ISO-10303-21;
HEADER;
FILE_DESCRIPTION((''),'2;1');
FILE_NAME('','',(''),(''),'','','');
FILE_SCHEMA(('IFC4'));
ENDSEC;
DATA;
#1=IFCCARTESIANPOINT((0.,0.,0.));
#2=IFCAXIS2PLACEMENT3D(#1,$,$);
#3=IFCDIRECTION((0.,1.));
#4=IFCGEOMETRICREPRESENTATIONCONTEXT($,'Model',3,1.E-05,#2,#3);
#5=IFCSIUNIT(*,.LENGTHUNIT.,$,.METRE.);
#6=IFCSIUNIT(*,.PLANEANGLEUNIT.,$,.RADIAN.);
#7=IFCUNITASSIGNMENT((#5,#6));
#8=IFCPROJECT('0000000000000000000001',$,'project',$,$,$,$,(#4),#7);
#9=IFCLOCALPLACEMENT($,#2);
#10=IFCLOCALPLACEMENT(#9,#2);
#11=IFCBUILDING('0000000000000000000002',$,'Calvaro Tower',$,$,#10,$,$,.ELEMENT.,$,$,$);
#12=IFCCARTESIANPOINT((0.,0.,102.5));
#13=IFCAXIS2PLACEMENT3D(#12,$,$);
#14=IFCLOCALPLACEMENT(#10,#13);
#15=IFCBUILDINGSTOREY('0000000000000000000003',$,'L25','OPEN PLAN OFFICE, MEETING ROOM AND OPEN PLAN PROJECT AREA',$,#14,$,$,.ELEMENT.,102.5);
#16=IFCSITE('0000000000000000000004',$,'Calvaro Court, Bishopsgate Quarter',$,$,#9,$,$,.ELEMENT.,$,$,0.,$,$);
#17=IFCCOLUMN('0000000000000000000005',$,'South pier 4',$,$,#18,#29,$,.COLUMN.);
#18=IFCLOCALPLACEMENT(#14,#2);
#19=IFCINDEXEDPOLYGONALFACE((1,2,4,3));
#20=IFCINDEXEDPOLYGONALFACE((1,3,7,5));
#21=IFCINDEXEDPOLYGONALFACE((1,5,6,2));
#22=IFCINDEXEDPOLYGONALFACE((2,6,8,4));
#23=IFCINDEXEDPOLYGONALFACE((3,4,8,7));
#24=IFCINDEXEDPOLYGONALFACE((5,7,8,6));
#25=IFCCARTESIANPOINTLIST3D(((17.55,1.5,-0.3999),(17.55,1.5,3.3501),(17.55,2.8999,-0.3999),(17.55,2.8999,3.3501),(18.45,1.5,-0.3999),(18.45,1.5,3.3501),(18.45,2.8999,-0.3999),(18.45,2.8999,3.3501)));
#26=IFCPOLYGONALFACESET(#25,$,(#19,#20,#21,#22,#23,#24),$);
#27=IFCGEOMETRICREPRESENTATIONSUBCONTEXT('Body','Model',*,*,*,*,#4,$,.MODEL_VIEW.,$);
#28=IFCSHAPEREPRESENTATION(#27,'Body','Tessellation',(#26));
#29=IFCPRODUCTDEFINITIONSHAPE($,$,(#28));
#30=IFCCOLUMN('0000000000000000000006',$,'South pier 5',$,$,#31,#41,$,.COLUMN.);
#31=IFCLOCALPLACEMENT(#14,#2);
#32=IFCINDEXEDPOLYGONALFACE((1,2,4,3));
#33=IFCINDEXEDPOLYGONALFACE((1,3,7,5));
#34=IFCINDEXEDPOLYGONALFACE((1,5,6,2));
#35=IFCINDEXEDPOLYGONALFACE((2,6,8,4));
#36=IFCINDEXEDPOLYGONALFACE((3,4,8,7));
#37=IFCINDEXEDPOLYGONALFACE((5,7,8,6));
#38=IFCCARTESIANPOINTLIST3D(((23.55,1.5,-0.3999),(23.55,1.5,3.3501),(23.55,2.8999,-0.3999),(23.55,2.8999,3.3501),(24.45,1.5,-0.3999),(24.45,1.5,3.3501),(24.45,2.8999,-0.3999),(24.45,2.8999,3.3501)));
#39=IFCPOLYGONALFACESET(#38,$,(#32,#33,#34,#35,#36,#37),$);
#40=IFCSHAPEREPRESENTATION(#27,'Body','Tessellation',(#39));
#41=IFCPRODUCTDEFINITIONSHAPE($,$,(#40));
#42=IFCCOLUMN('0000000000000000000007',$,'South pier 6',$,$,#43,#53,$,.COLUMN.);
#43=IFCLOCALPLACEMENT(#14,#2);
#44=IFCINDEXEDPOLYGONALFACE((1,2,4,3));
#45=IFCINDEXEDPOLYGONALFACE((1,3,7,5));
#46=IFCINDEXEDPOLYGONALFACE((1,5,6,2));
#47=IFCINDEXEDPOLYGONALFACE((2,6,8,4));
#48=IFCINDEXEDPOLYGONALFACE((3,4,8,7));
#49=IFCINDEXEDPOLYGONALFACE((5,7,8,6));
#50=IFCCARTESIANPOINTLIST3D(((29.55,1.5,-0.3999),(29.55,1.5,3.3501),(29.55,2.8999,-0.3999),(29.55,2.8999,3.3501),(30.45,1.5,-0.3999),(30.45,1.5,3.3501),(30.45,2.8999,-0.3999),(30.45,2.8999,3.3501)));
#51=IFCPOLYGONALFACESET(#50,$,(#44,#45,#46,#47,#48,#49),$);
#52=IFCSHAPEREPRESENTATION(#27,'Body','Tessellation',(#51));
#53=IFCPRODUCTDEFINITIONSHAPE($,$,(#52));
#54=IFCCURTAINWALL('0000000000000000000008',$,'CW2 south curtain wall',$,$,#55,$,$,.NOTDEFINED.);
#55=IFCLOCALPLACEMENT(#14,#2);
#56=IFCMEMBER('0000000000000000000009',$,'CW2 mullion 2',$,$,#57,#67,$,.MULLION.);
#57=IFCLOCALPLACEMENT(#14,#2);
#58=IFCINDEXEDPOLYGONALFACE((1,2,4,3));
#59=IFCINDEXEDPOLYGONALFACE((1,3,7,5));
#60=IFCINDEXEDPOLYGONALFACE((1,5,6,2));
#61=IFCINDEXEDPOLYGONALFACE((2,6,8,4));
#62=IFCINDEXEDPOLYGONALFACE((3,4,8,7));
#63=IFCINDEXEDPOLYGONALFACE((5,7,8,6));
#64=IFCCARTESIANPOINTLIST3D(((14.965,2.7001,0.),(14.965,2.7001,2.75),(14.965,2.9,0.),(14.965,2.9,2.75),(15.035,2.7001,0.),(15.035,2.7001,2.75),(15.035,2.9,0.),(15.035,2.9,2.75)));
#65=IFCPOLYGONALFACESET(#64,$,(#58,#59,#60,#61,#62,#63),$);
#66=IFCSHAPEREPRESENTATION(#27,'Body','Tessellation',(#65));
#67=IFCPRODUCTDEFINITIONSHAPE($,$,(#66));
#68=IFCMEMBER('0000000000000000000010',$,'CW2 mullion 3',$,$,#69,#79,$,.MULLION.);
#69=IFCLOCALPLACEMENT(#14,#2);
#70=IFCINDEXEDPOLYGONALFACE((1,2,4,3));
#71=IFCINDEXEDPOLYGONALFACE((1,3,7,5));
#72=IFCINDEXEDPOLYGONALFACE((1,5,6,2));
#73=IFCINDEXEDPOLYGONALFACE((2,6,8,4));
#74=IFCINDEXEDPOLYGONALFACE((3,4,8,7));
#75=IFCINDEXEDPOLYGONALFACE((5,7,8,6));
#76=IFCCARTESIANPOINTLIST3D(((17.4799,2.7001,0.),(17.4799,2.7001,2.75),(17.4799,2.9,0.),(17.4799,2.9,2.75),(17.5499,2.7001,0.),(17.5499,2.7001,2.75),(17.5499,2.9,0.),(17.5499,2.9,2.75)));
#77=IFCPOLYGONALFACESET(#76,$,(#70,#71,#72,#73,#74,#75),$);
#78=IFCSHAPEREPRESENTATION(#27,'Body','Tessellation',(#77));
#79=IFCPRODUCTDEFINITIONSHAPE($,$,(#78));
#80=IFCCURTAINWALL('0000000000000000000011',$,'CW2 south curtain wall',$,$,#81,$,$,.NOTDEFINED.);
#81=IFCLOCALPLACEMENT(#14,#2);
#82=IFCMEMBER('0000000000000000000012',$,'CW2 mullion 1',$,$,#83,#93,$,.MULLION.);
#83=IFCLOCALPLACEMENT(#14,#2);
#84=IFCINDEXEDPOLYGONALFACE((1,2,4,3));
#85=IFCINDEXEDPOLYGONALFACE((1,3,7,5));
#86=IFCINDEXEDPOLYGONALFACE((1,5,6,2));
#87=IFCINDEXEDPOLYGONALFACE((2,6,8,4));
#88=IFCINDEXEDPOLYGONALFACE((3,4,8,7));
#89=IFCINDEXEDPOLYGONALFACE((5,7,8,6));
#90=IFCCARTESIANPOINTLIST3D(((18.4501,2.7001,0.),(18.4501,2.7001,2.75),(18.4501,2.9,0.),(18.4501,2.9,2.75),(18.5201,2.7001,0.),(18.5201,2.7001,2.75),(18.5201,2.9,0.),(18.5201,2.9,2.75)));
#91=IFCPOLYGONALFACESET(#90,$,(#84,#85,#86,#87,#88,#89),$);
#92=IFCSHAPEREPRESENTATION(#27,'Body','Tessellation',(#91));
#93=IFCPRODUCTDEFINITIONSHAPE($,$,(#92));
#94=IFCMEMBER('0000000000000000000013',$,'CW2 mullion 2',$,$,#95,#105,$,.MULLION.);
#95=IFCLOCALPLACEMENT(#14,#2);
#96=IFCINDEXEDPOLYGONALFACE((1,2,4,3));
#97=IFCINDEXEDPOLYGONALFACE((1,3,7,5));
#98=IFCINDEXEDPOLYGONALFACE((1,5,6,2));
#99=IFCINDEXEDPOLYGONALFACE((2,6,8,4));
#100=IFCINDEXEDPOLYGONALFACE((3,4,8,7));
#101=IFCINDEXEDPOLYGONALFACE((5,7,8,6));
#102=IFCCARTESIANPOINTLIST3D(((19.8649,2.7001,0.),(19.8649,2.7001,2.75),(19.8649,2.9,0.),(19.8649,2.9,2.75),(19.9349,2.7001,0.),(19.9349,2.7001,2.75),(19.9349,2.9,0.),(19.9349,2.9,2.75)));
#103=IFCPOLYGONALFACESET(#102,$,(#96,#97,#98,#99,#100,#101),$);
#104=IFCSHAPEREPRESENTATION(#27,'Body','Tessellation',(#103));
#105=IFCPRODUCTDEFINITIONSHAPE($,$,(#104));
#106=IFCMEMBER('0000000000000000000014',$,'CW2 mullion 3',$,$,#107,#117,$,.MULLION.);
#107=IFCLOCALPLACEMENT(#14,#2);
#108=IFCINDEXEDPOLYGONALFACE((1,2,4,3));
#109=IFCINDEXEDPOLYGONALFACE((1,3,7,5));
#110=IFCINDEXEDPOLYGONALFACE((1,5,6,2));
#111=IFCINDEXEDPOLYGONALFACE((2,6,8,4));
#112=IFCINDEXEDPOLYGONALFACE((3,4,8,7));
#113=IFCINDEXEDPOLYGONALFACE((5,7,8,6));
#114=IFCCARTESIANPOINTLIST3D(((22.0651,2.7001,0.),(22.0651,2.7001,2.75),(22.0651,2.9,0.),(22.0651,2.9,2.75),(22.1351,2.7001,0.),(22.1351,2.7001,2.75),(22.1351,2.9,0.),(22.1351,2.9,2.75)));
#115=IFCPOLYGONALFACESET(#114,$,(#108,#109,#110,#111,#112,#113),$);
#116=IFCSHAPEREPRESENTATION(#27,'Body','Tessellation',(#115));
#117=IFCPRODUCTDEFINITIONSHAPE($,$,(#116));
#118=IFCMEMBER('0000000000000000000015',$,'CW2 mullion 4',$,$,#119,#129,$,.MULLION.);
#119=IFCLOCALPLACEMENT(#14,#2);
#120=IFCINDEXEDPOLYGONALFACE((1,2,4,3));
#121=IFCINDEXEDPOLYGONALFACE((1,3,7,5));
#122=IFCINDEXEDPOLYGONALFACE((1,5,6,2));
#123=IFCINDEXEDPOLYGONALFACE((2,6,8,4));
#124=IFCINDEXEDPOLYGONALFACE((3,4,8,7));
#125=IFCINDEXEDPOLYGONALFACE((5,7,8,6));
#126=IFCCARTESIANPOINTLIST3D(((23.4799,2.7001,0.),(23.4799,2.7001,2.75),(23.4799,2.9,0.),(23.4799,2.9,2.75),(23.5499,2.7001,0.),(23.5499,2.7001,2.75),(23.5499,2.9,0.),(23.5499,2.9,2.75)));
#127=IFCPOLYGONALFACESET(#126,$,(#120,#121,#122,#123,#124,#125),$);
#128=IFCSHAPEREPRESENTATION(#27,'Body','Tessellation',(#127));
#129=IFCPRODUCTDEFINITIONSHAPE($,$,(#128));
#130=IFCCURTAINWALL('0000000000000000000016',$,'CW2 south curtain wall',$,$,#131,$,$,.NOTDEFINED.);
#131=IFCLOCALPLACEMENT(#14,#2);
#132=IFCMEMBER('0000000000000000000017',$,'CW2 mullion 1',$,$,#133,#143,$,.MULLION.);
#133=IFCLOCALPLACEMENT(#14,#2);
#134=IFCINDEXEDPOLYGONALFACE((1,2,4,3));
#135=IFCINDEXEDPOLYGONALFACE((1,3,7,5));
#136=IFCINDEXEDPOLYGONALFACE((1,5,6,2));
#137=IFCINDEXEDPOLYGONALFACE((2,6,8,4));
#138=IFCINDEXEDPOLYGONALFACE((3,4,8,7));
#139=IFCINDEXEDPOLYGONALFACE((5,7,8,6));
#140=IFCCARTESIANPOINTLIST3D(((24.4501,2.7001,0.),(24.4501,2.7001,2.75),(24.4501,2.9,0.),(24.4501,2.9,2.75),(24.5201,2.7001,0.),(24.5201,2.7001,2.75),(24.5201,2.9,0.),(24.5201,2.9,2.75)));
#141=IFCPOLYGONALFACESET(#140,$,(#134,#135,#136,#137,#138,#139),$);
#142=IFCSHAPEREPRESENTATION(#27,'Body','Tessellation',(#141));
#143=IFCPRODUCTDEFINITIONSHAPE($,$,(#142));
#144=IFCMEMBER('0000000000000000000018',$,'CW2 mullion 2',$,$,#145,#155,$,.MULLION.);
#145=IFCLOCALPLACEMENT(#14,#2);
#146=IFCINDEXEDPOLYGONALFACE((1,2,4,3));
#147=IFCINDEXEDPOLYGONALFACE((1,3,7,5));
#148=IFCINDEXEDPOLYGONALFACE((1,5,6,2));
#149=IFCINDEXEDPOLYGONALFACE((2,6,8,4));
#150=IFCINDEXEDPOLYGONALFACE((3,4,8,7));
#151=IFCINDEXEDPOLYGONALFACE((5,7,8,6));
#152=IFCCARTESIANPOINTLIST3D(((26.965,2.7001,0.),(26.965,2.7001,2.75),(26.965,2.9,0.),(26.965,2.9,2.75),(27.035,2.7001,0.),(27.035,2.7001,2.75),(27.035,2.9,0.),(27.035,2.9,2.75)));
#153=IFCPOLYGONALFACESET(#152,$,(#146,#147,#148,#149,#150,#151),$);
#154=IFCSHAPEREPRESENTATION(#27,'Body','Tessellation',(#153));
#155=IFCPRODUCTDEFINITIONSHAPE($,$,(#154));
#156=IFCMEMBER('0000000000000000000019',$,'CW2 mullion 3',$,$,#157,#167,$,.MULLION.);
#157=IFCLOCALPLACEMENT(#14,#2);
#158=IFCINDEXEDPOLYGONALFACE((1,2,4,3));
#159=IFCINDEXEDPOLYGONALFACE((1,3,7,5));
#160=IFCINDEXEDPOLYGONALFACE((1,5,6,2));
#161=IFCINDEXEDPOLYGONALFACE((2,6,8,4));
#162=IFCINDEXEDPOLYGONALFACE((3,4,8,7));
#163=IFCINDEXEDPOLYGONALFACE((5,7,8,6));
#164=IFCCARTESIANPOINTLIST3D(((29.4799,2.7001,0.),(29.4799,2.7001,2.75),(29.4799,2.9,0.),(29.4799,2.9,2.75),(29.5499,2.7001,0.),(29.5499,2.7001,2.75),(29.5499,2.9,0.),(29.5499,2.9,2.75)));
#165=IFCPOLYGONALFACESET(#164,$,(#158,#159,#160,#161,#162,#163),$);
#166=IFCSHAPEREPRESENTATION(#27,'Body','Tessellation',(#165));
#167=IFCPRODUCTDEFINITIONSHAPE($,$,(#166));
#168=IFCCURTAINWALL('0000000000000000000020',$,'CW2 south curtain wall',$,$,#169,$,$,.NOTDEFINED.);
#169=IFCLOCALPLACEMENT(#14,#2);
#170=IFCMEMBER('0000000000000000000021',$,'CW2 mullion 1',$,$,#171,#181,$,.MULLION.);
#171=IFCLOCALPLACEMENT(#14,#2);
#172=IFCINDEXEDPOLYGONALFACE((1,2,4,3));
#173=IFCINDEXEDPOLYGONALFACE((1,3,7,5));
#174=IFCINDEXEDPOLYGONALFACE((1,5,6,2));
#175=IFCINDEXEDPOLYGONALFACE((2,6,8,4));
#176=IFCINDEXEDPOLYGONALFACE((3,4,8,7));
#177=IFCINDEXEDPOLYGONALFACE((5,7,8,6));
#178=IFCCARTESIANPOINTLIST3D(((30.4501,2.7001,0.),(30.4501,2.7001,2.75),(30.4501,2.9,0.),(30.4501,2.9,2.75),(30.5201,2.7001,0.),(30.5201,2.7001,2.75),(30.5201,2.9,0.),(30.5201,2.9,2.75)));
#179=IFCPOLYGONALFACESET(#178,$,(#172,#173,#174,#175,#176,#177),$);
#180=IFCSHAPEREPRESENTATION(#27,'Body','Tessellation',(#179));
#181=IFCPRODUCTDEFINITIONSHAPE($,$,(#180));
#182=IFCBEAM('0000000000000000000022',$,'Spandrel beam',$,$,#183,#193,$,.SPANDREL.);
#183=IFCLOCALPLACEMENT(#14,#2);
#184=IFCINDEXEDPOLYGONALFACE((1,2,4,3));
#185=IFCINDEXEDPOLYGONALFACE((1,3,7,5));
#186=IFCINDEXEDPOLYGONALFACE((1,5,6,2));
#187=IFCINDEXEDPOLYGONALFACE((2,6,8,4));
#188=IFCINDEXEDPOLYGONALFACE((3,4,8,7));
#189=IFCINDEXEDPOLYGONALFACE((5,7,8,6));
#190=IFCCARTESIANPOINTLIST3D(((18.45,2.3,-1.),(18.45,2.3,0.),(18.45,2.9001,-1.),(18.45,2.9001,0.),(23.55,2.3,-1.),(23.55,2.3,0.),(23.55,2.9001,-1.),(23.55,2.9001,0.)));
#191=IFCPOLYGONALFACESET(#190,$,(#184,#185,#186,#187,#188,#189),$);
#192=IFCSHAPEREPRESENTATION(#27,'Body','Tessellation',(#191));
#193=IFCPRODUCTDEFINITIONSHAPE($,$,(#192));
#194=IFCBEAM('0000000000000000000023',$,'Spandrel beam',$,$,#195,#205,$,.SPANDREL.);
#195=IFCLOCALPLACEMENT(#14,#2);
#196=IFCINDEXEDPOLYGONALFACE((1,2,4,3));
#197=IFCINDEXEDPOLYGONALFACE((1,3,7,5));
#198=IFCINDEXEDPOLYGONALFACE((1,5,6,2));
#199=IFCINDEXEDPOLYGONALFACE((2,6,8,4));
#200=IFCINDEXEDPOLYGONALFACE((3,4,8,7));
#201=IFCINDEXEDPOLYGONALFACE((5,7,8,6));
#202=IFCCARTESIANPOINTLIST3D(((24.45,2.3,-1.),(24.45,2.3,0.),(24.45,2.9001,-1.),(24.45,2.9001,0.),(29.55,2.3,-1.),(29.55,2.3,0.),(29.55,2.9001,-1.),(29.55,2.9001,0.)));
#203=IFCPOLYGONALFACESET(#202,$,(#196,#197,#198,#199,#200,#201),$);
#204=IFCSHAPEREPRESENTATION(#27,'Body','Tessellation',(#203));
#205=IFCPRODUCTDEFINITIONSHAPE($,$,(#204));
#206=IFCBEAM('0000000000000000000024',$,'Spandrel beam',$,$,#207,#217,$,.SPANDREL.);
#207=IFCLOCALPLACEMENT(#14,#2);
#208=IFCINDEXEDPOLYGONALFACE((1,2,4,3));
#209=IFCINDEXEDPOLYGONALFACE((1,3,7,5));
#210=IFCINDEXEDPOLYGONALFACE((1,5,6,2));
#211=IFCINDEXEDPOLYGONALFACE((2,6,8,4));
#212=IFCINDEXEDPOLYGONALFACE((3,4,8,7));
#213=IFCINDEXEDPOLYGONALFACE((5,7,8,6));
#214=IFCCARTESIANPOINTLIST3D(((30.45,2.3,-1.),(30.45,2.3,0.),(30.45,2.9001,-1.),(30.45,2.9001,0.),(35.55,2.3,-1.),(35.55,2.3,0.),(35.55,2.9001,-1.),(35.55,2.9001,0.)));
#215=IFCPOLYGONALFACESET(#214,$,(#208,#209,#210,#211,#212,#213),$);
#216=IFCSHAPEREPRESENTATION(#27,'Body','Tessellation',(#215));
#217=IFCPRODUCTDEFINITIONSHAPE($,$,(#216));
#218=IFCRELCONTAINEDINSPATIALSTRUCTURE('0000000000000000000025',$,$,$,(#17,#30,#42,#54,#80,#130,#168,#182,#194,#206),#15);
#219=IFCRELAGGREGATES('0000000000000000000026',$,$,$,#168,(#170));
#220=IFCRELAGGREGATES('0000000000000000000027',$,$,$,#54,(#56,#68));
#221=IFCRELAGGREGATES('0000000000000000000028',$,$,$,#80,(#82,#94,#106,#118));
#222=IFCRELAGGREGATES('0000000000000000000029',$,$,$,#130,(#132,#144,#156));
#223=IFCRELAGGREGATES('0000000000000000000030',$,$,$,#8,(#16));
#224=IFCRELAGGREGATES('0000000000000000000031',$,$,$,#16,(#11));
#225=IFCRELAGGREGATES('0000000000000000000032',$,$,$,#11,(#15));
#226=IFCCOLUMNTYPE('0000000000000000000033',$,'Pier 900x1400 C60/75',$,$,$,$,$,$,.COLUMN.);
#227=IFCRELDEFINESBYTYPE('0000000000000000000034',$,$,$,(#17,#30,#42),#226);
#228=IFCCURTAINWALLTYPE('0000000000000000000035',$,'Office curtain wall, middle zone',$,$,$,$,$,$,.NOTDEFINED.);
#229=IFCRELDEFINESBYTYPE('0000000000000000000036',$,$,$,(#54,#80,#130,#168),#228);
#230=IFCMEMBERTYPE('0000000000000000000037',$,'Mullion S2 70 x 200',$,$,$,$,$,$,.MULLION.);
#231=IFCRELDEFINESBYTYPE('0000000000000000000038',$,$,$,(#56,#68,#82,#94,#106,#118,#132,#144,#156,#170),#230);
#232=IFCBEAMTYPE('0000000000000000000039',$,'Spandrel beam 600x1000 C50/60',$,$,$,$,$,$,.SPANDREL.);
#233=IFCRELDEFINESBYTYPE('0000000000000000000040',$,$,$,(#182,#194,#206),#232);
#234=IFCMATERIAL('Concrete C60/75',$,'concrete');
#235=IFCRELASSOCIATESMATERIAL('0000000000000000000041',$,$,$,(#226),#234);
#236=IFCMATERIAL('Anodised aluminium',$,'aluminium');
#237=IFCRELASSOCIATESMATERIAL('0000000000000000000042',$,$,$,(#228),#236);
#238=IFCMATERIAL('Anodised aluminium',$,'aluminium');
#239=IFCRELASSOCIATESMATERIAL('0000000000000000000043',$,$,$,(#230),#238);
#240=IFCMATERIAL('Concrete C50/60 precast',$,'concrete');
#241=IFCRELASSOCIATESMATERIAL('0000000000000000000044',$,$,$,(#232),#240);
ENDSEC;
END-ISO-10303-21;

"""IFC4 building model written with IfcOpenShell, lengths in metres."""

from ifc_helpers import new_model, si_unit, direction, frame, origin, origin_2d, place, context, subcontext, project, spatial, rectangle, extrude, material, material_profile, profile_set, type_object, element, aggregate, save


model = new_model("IFC4")

# Units and contexts
model_context = context("Model", 3, precision=1e-05, world=origin(), true_north=direction((0.0, 1.0)))
body_context = subcontext(model_context, "Body", "Model", "MODEL_VIEW")
ifc_project = project(units=[si_unit("LENGTHUNIT", "METRE"), si_unit("PLANEANGLEUNIT", "RADIAN")], contexts=[model_context])

# Site, building, storey
site_placement = place(None, origin())
site = spatial("IfcSite", under=ifc_project, at=site_placement, Name="Calvaro Court, Bishopsgate Quarter", CompositionType="ELEMENT", RefElevation=0.0)
building_placement = place(site_placement, origin())
building = spatial("IfcBuilding", under=site, at=building_placement, Name="Calvaro Tower", CompositionType="ELEMENT")
storey_placement = place(building_placement, frame((0.0, 0.0, 102.5)))
storey = spatial("IfcBuildingStorey", under=building, at=storey_placement, Name="L25", Description="OPEN PLAN OFFICE, MEETING ROOM AND OPEN PLAN PROJECT AREA", CompositionType="ELEMENT", Elevation=102.5)

# Columns
ifc_material_1 = material(Name="Concrete C60/75", Category="concrete")
ifc_material_profile_1 = material_profile(ifc_material_1, rectangle(XDim=0.8999, YDim=1.3999, at=origin_2d()), Name="RC 900x1400")
ifc_profile_set_1 = profile_set([ifc_material_profile_1], Name="Concrete C60/75")
column_type = type_object("IfcColumnType", Name="Pier 900x1400 C60/75", PredefinedType="COLUMN", material=ifc_profile_set_1)
for number, where, z_axis, x_axis, name in (
    (1, (18.0, 2.2, -0.3999), (0.0, 0.0, 1.0), (1.0, 0.0, 0.0), "South pier 4"),
    (2, (24.0, 2.2, -0.3999), (0.0, 0.0, 1.0), (1.0, 0.0, 0.0), "South pier 5"),
    (3, (30.0, 2.2, -0.3999), (0.0, 0.0, 1.0), (1.0, 0.0, 0.0), "South pier 6"),
):
    element("IfcColumn", number, at=place(storey_placement, frame(where, z_axis=z_axis, x_axis=x_axis)), inside=storey, type_object=column_type, Name=name, PredefinedType="COLUMN", context=body_context, shape_type="SweptSolid", body=[
        extrude(rectangle(XDim=0.8999, YDim=1.3999, at=origin_2d()), origin(), (0.0, 0.0, 1.0), 3.75),
    ])

# Curtain walls, members
ifc_material_2 = material(Name="Anodised aluminium", Category="aluminium")
curtain_wall_type = type_object("IfcCurtainWallType", Name="Office curtain wall, middle zone", PredefinedType="NOTDEFINED", material=ifc_material_2)
curtain_wall_1_placement = place(storey_placement, origin())
curtain_wall_1 = element("IfcCurtainWall", 4, at=curtain_wall_1_placement, inside=storey, type_object=curtain_wall_type, Name="CW2 south curtain wall", PredefinedType="NOTDEFINED")
ifc_material_3 = material(Name="Anodised aluminium", Category="aluminium")
ifc_material_profile_2 = material_profile(ifc_material_3, rectangle(XDim=0.2, YDim=0.0701, at=origin_2d()), Name="Mullion S2 70 x 200")
ifc_profile_set_2 = profile_set([ifc_material_profile_2], Name="Anodised aluminium")
member_type_1 = type_object("IfcMemberType", Name="Mullion S2 70 x 200", PredefinedType="MULLION", material=ifc_profile_set_2)
member_1_placement = place(storey_placement, frame((15.0, 2.8, 0.0), z_axis=(0.0, 0.0, 1.0), x_axis=(0.0, 1.0, 0.0)))
member_1 = element("IfcMember", 5, at=member_1_placement, type_object=member_type_1, Name="CW2 mullion 2", PredefinedType="MULLION", context=body_context, shape_type="SweptSolid", body=[
    extrude(rectangle(XDim=0.2, YDim=0.0701, at=origin_2d()), origin(), (0.0, 0.0, 1.0), 2.75),
])
member_2_placement = place(storey_placement, frame((17.5149, 2.8, 0.0), z_axis=(0.0, 0.0, 1.0), x_axis=(0.0, 1.0, 0.0)))
member_2 = element("IfcMember", 6, at=member_2_placement, type_object=member_type_1, Name="CW2 mullion 3", PredefinedType="MULLION", context=body_context, shape_type="SweptSolid", body=[
    extrude(rectangle(XDim=0.2, YDim=0.0701, at=origin_2d()), origin(), (0.0, 0.0, 1.0), 2.75),
])
curtain_wall_2_placement = place(storey_placement, origin())
curtain_wall_2 = element("IfcCurtainWall", 7, at=curtain_wall_2_placement, inside=storey, type_object=curtain_wall_type, Name="CW2 south curtain wall", PredefinedType="NOTDEFINED")
member_3_placement = place(storey_placement, frame((18.4851, 2.8, 0.0), z_axis=(0.0, 0.0, 1.0), x_axis=(0.0, 1.0, 0.0)))
member_3 = element("IfcMember", 8, at=member_3_placement, type_object=member_type_1, Name="CW2 mullion 1", PredefinedType="MULLION", context=body_context, shape_type="SweptSolid", body=[
    extrude(rectangle(XDim=0.2, YDim=0.0701, at=origin_2d()), origin(), (0.0, 0.0, 1.0), 2.75),
])
member_4_placement = place(storey_placement, frame((19.8999, 2.8, 0.0), z_axis=(0.0, 0.0, 1.0), x_axis=(0.0, 1.0, 0.0)))
member_4 = element("IfcMember", 9, at=member_4_placement, type_object=member_type_1, Name="CW2 mullion 2", PredefinedType="MULLION", context=body_context, shape_type="SweptSolid", body=[
    extrude(rectangle(XDim=0.2, YDim=0.0701, at=origin_2d()), origin(), (0.0, 0.0, 1.0), 2.75),
])
member_5_placement = place(storey_placement, frame((22.1001, 2.8, 0.0), z_axis=(0.0, 0.0, 1.0), x_axis=(0.0, 1.0, 0.0)))
member_5 = element("IfcMember", 10, at=member_5_placement, type_object=member_type_1, Name="CW2 mullion 3", PredefinedType="MULLION", context=body_context, shape_type="SweptSolid", body=[
    extrude(rectangle(XDim=0.2, YDim=0.0701, at=origin_2d()), origin(), (0.0, 0.0, 1.0), 2.75),
])
member_6_placement = place(storey_placement, frame((23.5149, 2.8, 0.0), z_axis=(0.0, 0.0, 1.0), x_axis=(0.0, 1.0, 0.0)))
member_6 = element("IfcMember", 11, at=member_6_placement, type_object=member_type_1, Name="CW2 mullion 4", PredefinedType="MULLION", context=body_context, shape_type="SweptSolid", body=[
    extrude(rectangle(XDim=0.2, YDim=0.0701, at=origin_2d()), origin(), (0.0, 0.0, 1.0), 2.75),
])
curtain_wall_3_placement = place(storey_placement, origin())
curtain_wall_3 = element("IfcCurtainWall", 12, at=curtain_wall_3_placement, inside=storey, type_object=curtain_wall_type, Name="CW2 south curtain wall", PredefinedType="NOTDEFINED")
member_7_placement = place(storey_placement, frame((24.4851, 2.8, 0.0), z_axis=(0.0, 0.0, 1.0), x_axis=(0.0, 1.0, 0.0)))
member_7 = element("IfcMember", 13, at=member_7_placement, type_object=member_type_1, Name="CW2 mullion 1", PredefinedType="MULLION", context=body_context, shape_type="SweptSolid", body=[
    extrude(rectangle(XDim=0.2, YDim=0.0701, at=origin_2d()), origin(), (0.0, 0.0, 1.0), 2.75),
])
member_8_placement = place(storey_placement, frame((27.0, 2.8, 0.0), z_axis=(0.0, 0.0, 1.0), x_axis=(0.0, 1.0, 0.0)))
member_8 = element("IfcMember", 14, at=member_8_placement, type_object=member_type_1, Name="CW2 mullion 2", PredefinedType="MULLION", context=body_context, shape_type="SweptSolid", body=[
    extrude(rectangle(XDim=0.2, YDim=0.0701, at=origin_2d()), origin(), (0.0, 0.0, 1.0), 2.75),
])
member_9_placement = place(storey_placement, frame((29.5149, 2.8, 0.0), z_axis=(0.0, 0.0, 1.0), x_axis=(0.0, 1.0, 0.0)))
member_9 = element("IfcMember", 15, at=member_9_placement, type_object=member_type_1, Name="CW2 mullion 3", PredefinedType="MULLION", context=body_context, shape_type="SweptSolid", body=[
    extrude(rectangle(XDim=0.2, YDim=0.0701, at=origin_2d()), origin(), (0.0, 0.0, 1.0), 2.75),
])

# Curtain wall, member
curtain_wall_4_placement = place(storey_placement, origin())
curtain_wall_4 = element("IfcCurtainWall", 16, at=curtain_wall_4_placement, inside=storey, type_object=curtain_wall_type, Name="CW2 south curtain wall", PredefinedType="NOTDEFINED")
member_10_placement = place(storey_placement, frame((30.4851, 2.8, 0.0), z_axis=(0.0, 0.0, 1.0), x_axis=(0.0, 1.0, 0.0)))
member_10 = element("IfcMember", 17, at=member_10_placement, type_object=member_type_1, Name="CW2 mullion 1", PredefinedType="MULLION", context=body_context, shape_type="SweptSolid", body=[
    extrude(rectangle(XDim=0.2, YDim=0.0701, at=origin_2d()), origin(), (0.0, 0.0, 1.0), 2.75),
])

# Beams
ifc_material_4 = material(Name="Concrete C50/60 precast", Category="concrete")
ifc_material_profile_3 = material_profile(ifc_material_4, rectangle(XDim=0.6001, YDim=1.0, at=origin_2d()), Name="RC 600x1000")
ifc_profile_set_3 = profile_set([ifc_material_profile_3], Name="Concrete C50/60 precast")
beam_type = type_object("IfcBeamType", Name="Spandrel beam 600x1000 C50/60", PredefinedType="SPANDREL", material=ifc_profile_set_3)
for number, where, z_axis, x_axis, name in (
    (18, (18.45, 2.6001, -0.5), (1.0, 0.0, 0.0), (0.0, 1.0, 0.0), "Spandrel beam"),
    (19, (24.45, 2.6001, -0.5), (1.0, 0.0, 0.0), (0.0, 1.0, 0.0), "Spandrel beam"),
    (20, (30.45, 2.6001, -0.5), (1.0, 0.0, 0.0), (0.0, 1.0, 0.0), "Spandrel beam"),
):
    element("IfcBeam", number, at=place(storey_placement, frame(where, z_axis=z_axis, x_axis=x_axis)), inside=storey, type_object=beam_type, Name=name, PredefinedType="SPANDREL", context=body_context, shape_type="SweptSolid", body=[
        extrude(rectangle(XDim=0.6001, YDim=1.0, at=origin_2d()), origin(), (0.0, 0.0, 1.0), 5.1001),
    ])

aggregate(curtain_wall_4, [member_10])

aggregate(curtain_wall_1, [member_1, member_2])
aggregate(curtain_wall_2, [member_3, member_4, member_5, member_6])
aggregate(curtain_wall_3, [member_7, member_8, member_9])

save(model, "model.ifc")
